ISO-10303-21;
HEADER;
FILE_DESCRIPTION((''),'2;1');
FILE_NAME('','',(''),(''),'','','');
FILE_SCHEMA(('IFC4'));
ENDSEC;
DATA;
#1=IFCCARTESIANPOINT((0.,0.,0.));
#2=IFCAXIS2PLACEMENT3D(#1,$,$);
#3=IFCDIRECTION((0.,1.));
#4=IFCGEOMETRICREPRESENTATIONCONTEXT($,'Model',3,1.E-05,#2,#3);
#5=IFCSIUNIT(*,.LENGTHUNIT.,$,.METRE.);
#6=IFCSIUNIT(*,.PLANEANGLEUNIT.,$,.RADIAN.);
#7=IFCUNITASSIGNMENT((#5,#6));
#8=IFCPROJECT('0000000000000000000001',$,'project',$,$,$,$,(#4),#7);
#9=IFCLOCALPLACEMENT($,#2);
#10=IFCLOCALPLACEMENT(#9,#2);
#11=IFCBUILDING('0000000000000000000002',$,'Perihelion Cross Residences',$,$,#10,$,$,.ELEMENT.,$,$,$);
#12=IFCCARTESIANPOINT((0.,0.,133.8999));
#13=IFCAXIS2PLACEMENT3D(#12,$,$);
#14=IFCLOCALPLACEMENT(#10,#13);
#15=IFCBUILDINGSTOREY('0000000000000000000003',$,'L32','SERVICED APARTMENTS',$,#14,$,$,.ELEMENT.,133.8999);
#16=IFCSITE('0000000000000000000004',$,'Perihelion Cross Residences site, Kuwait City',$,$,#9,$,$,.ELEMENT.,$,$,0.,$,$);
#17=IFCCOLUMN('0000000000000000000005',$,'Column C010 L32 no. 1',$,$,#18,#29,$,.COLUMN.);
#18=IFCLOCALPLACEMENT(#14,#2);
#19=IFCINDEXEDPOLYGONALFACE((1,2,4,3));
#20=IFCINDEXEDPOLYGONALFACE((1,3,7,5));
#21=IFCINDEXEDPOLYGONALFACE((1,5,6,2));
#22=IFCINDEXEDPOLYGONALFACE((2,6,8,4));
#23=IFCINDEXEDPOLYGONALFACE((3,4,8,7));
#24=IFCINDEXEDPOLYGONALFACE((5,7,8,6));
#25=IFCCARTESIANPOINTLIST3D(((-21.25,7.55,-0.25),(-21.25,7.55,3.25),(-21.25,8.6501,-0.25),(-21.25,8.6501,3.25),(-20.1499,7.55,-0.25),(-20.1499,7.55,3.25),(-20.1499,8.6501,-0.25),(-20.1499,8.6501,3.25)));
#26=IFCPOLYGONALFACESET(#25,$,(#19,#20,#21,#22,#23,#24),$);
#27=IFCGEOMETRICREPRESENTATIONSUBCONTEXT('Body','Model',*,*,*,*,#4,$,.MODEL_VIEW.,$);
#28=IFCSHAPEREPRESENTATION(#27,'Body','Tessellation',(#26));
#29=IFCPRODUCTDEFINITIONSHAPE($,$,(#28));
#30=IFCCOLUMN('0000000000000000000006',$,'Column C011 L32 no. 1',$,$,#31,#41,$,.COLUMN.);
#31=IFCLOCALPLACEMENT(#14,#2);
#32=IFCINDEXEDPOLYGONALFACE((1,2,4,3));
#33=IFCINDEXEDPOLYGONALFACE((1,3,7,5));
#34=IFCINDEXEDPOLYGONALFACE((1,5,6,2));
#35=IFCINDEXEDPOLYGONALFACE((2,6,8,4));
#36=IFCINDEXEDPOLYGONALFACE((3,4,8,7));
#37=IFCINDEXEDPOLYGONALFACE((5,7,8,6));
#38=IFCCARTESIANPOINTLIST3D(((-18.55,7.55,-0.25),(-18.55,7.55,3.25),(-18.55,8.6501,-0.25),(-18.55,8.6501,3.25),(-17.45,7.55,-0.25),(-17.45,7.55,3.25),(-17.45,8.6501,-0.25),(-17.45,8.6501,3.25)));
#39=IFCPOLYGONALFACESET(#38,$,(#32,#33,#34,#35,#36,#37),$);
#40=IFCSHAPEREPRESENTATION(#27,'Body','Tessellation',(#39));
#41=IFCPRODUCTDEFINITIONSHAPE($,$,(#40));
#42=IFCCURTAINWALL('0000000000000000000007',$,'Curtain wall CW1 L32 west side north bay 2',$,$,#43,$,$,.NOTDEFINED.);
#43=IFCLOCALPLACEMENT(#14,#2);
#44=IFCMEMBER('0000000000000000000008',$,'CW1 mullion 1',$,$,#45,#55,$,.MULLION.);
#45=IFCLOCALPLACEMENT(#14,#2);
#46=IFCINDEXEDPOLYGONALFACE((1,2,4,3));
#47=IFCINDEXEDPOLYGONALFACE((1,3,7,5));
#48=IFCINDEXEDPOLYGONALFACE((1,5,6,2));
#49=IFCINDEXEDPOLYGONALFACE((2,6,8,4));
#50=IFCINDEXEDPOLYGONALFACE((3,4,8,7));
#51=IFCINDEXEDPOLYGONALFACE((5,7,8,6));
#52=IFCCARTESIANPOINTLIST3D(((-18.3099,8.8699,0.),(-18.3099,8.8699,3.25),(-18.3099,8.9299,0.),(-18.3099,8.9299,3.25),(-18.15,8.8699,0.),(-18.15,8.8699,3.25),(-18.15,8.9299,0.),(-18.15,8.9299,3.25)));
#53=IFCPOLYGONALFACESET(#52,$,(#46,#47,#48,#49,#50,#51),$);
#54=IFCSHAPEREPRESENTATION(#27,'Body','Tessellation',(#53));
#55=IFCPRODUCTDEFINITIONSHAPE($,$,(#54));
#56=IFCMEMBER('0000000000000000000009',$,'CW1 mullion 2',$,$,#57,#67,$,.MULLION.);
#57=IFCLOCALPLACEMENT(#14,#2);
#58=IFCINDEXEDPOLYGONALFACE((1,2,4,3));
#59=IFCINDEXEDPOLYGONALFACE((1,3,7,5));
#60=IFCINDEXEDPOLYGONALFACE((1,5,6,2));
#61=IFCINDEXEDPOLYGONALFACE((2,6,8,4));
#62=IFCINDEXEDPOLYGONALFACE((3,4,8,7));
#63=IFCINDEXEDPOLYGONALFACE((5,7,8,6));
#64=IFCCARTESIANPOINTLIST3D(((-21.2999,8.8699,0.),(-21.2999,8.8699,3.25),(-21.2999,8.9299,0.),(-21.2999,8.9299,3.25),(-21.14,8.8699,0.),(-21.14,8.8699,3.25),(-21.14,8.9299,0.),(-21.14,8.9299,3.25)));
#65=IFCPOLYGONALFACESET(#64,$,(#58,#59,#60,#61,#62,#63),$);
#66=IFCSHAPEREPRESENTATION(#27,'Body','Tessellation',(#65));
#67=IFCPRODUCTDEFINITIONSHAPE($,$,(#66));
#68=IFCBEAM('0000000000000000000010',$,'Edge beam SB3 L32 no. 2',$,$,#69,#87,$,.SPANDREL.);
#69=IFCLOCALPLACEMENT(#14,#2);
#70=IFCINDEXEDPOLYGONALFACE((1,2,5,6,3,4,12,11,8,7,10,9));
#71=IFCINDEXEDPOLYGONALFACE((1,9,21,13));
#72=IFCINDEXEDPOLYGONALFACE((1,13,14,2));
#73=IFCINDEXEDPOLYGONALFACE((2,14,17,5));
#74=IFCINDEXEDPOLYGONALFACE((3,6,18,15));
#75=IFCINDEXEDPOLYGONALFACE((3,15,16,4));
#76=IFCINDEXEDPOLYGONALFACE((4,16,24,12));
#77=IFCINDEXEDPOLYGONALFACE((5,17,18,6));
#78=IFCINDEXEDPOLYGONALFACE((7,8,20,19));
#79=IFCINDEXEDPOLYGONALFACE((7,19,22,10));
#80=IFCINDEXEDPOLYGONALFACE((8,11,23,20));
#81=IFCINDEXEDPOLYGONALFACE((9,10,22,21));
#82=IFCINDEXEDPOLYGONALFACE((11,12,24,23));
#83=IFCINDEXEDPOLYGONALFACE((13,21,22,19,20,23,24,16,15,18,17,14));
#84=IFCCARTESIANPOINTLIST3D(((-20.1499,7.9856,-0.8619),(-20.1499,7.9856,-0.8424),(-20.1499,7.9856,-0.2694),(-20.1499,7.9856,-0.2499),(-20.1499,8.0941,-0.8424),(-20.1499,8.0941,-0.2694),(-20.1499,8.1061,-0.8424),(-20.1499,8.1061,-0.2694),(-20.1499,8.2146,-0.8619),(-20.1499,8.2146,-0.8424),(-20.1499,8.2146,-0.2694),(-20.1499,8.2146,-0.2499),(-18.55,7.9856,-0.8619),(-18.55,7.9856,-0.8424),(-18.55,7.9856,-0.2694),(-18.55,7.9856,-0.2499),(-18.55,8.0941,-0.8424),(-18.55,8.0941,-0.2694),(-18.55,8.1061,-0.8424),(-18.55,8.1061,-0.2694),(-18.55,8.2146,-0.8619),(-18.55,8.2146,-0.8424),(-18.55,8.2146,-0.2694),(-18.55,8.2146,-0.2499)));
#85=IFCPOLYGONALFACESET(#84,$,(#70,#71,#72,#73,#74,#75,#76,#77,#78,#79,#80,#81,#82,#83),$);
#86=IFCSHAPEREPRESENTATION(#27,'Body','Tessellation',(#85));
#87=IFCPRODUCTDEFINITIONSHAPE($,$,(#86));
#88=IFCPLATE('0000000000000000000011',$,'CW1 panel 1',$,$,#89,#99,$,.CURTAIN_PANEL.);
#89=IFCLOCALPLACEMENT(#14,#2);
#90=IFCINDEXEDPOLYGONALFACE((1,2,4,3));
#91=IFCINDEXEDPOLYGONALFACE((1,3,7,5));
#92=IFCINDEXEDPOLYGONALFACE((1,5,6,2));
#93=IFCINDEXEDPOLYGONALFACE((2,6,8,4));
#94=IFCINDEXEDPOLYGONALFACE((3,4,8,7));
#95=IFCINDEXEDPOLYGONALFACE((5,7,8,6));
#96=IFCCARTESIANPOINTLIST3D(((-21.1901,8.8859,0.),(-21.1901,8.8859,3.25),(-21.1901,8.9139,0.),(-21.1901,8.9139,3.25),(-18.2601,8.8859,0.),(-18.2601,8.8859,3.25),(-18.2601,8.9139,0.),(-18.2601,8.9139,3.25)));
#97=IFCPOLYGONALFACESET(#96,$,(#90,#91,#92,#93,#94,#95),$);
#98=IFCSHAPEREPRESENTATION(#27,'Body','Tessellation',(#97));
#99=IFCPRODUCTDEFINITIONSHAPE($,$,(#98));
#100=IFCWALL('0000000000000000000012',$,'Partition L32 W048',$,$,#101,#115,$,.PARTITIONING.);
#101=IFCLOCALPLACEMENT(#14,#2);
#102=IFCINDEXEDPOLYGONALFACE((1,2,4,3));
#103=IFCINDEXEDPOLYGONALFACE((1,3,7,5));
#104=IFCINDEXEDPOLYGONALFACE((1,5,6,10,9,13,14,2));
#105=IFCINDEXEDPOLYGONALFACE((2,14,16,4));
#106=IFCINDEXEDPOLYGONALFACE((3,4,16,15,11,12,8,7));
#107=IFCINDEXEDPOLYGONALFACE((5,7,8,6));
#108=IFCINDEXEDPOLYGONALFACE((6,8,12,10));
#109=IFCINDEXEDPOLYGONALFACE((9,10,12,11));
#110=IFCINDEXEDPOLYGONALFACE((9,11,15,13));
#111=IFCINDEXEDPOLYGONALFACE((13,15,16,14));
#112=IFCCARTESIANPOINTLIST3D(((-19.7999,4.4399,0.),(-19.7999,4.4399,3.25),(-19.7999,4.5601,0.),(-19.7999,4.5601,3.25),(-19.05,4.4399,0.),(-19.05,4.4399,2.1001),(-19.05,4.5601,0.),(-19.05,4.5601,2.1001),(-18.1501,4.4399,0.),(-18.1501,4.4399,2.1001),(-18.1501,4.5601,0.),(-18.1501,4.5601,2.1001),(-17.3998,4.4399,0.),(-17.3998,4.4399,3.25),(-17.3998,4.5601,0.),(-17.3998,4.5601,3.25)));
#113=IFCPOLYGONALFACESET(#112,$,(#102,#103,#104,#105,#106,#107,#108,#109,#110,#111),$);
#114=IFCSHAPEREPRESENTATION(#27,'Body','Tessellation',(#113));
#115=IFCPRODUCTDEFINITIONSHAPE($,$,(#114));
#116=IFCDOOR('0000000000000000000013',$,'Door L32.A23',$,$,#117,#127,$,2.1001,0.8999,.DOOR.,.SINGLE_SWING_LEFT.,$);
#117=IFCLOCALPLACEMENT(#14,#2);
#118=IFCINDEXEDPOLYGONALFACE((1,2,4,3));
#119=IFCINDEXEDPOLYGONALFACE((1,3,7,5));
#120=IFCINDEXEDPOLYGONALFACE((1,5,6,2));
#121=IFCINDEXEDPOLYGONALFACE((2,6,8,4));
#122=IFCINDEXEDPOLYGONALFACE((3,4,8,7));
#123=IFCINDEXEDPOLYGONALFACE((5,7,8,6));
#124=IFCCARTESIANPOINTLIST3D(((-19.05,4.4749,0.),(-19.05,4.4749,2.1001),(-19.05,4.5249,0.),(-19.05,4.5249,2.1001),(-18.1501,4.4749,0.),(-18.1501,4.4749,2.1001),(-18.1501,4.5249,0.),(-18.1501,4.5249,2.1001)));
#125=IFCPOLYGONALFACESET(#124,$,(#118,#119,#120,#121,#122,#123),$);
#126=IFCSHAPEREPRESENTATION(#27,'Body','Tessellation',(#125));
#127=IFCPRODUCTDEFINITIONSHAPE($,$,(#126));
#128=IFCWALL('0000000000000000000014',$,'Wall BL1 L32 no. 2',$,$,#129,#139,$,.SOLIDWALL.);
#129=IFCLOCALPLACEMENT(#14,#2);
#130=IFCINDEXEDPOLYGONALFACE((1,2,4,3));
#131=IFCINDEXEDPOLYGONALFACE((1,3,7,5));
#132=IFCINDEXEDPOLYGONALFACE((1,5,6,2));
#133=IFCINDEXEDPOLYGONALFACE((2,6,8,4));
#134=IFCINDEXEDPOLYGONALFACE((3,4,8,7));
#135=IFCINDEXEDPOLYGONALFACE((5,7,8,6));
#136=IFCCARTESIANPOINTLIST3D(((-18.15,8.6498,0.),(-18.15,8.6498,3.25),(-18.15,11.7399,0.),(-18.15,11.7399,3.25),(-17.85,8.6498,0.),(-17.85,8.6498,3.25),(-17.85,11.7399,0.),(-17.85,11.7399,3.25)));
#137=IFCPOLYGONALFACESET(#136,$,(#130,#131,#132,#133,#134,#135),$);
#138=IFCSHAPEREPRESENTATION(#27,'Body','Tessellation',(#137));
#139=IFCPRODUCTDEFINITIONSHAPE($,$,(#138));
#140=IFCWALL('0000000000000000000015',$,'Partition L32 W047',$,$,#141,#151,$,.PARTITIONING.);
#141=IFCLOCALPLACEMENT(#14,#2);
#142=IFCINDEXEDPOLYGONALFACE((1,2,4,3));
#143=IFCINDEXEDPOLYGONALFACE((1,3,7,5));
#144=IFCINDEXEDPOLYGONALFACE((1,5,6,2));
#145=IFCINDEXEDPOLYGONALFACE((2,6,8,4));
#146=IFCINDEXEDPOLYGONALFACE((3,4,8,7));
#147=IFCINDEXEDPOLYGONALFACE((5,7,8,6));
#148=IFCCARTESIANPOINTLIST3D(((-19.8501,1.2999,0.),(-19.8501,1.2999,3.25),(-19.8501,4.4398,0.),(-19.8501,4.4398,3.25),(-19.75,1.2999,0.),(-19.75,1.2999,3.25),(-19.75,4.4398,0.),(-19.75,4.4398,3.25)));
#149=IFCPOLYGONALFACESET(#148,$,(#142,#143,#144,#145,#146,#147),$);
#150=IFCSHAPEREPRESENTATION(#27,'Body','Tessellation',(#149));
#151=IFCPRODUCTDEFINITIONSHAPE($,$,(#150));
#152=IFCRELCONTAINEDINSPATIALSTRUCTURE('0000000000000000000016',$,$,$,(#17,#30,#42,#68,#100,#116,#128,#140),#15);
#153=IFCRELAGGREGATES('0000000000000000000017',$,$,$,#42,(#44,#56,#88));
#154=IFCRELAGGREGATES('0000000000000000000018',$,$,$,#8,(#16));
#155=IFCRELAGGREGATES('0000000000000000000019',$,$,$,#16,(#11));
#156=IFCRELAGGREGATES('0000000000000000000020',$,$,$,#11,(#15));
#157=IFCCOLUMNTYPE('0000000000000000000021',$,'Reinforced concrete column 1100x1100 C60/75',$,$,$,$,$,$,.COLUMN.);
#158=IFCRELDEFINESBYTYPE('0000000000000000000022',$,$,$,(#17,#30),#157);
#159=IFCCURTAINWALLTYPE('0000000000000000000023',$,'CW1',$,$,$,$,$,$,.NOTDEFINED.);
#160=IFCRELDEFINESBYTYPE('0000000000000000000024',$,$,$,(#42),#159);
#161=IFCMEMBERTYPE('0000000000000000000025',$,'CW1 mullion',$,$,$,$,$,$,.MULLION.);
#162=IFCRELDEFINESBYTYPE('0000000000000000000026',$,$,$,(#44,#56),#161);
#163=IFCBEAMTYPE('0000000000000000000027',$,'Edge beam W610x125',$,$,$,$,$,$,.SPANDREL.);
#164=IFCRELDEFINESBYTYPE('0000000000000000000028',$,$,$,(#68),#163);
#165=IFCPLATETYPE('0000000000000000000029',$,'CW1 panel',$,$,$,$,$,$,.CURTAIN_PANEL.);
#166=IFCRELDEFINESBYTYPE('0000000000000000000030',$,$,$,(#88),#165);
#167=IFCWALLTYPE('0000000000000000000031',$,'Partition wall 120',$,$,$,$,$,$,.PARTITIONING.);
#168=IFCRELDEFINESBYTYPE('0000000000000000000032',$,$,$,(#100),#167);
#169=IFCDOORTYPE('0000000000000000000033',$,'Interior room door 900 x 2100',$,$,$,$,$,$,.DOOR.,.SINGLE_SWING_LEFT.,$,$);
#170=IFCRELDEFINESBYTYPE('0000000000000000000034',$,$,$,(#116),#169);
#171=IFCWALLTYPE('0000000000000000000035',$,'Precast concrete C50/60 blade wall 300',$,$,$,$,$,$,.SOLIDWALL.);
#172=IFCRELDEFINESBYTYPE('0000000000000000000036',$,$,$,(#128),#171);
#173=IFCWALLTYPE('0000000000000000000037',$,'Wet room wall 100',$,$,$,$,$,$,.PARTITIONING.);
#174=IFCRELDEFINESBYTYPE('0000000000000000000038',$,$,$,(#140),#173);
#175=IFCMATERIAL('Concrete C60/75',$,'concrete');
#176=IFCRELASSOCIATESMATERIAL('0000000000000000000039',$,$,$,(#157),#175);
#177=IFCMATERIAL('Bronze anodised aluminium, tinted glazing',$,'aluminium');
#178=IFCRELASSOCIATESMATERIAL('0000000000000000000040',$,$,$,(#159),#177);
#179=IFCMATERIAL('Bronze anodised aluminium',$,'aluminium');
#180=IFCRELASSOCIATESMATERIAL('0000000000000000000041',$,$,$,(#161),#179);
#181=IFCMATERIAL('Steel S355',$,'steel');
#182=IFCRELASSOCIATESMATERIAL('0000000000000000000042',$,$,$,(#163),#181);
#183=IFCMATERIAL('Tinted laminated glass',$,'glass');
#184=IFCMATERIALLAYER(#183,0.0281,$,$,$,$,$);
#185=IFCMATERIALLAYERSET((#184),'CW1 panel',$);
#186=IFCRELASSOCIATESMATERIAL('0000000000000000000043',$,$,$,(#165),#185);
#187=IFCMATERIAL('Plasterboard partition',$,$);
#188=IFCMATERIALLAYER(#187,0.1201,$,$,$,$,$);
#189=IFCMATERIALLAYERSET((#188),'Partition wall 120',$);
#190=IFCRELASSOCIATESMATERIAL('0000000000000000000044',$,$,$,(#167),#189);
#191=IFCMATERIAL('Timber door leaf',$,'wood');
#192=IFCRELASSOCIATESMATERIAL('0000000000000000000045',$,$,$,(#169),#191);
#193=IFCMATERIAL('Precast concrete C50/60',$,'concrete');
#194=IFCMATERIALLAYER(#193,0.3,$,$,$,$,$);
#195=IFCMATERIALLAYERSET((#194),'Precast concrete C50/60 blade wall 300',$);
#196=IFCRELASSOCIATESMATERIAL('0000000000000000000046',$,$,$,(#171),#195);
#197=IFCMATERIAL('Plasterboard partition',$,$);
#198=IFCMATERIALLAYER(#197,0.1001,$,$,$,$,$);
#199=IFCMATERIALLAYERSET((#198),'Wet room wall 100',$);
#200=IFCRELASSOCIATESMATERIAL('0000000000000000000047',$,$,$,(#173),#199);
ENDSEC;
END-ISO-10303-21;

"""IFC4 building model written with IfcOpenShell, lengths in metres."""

from ifc_helpers import new_model, si_unit, direction, frame, frame_2d, origin, origin_2d, place, context, subcontext, project, spatial, rectangle, i_section, extrude, material, layer, layer_set, material_profile, profile_set, type_object, element, fill, aggregate, save


model = new_model("IFC4")

# Units and contexts
model_context = context("Model", 3, precision=1e-05, world=origin(), true_north=direction((0.0, 1.0)))
body_context = subcontext(model_context, "Body", "Model", "MODEL_VIEW")
ifc_project = project(units=[si_unit("LENGTHUNIT", "METRE"), si_unit("PLANEANGLEUNIT", "RADIAN")], contexts=[model_context])

# Site, building, storey
site_placement = place(None, origin())
site = spatial("IfcSite", under=ifc_project, at=site_placement, Name="Perihelion Cross Residences site, Kuwait City", CompositionType="ELEMENT", RefElevation=0.0)
building_placement = place(site_placement, origin())
building = spatial("IfcBuilding", under=site, at=building_placement, Name="Perihelion Cross Residences", CompositionType="ELEMENT")
storey_placement = place(building_placement, frame((0.0, 0.0, 133.8999)))
storey = spatial("IfcBuildingStorey", under=building, at=storey_placement, Name="L32", Description="SERVICED APARTMENTS", CompositionType="ELEMENT", Elevation=133.8999)

# Columns
ifc_material_1 = material(Name="Concrete C60/75", Category="concrete")
ifc_material_profile_1 = material_profile(ifc_material_1, rectangle(XDim=1.1001, YDim=1.1001, at=origin_2d()), Name="RC 1100x1100")
ifc_profile_set_1 = profile_set([ifc_material_profile_1], Name="Concrete C60/75")
column_type = type_object("IfcColumnType", Name="Reinforced concrete column 1100x1100 C60/75", PredefinedType="COLUMN", material=ifc_profile_set_1)
for number, where, z_axis, x_axis, name in (
    (1, (-20.7, 8.1001, -0.25), (0.0, 0.0, 1.0), (1.0, 0.0, 0.0), "Column C010 L32 no. 1"),
    (2, (-18.0, 8.1001, -0.25), (0.0, 0.0, 1.0), (1.0, 0.0, 0.0), "Column C011 L32 no. 1"),
):
    element("IfcColumn", number, at=place(storey_placement, frame(where, z_axis=z_axis, x_axis=x_axis)), inside=storey, type_object=column_type, Name=name, PredefinedType="COLUMN", context=body_context, shape_type="SweptSolid", body=[
        extrude(rectangle(XDim=1.1001, YDim=1.1001, at=origin_2d()), origin(), (0.0, 0.0, 1.0), 3.5),
    ])

# Curtain wall, members
ifc_material_2 = material(Name="Bronze anodised aluminium, tinted glazing", Category="aluminium")
curtain_wall_type = type_object("IfcCurtainWallType", Name="CW1", PredefinedType="NOTDEFINED", material=ifc_material_2)
curtain_wall_placement = place(storey_placement, origin())
curtain_wall = element("IfcCurtainWall", 3, at=curtain_wall_placement, inside=storey, type_object=curtain_wall_type, Name="Curtain wall CW1 L32 west side north bay 2", PredefinedType="NOTDEFINED")
ifc_material_3 = material(Name="Bronze anodised aluminium", Category="aluminium")
ifc_material_profile_2 = material_profile(ifc_material_3, rectangle(XDim=0.0601, YDim=0.1599, at=origin_2d()), Name="CW1 mullion")
ifc_profile_set_2 = profile_set([ifc_material_profile_2], Name="Bronze anodised aluminium")
member_type = type_object("IfcMemberType", Name="CW1 mullion", PredefinedType="MULLION", material=ifc_profile_set_2)
member_1_placement = place(storey_placement, frame((-18.23, 8.8999, 0.0), z_axis=(0.0, 0.0, 1.0), x_axis=(0.0, -1.0, 0.0)))
member_1 = element("IfcMember", 4, at=member_1_placement, type_object=member_type, Name="CW1 mullion 1", PredefinedType="MULLION", context=body_context, shape_type="SweptSolid", body=[
    extrude(rectangle(XDim=0.0601, YDim=0.1599, at=origin_2d()), origin(), (0.0, 0.0, 1.0), 3.25),
])
member_2_placement = place(storey_placement, frame((-21.22, 8.8999, 0.0), z_axis=(0.0, 0.0, 1.0), x_axis=(0.0, -1.0, 0.0)))
member_2 = element("IfcMember", 5, at=member_2_placement, type_object=member_type, Name="CW1 mullion 2", PredefinedType="MULLION", context=body_context, shape_type="SweptSolid", body=[
    extrude(rectangle(XDim=0.0601, YDim=0.1599, at=origin_2d()), origin(), (0.0, 0.0, 1.0), 3.25),
])

# Beam
ifc_material_4 = material(Name="Steel S355", Category="steel")
ifc_material_profile_3 = material_profile(ifc_material_4, i_section(OverallWidth=0.229, OverallDepth=0.6121, WebThickness=0.012, FlangeThickness=0.0195, at=origin_2d()), Name="W610x125")
ifc_profile_set_3 = profile_set([ifc_material_profile_3], Name="Steel S355")
beam_type = type_object("IfcBeamType", Name="Edge beam W610x125", PredefinedType="SPANDREL", material=ifc_profile_set_3)
beam_placement = place(storey_placement, frame((-18.55, 8.1001, -0.5559), z_axis=(-1.0, 0.0, 0.0), x_axis=(0.0, -1.0, 0.0)))
element("IfcBeam", 6, at=beam_placement, inside=storey, type_object=beam_type, Name="Edge beam SB3 L32 no. 2", PredefinedType="SPANDREL", context=body_context, shape_type="SweptSolid", body=[
    extrude(i_section(OverallWidth=0.229, OverallDepth=0.6121, WebThickness=0.012, FlangeThickness=0.0195, at=origin_2d()), origin(), (0.0, 0.0, 1.0), 1.5999),
])

# Plate
ifc_material_5 = material(Name="Tinted laminated glass", Category="glass")
ifc_layer_1 = layer(ifc_material_5, 0.0281)
ifc_layer_set_1 = layer_set([ifc_layer_1], Name="CW1 panel")
plate_type = type_object("IfcPlateType", Name="CW1 panel", PredefinedType="CURTAIN_PANEL", material=ifc_layer_set_1)
plate_placement = place(storey_placement, frame((-19.7251, 8.8999, 0.0), z_axis=(0.0, 0.0, 1.0), x_axis=(-1.0, 0.0, 0.0)))
plate = element("IfcPlate", 7, at=plate_placement, type_object=plate_type, Name="CW1 panel 1", PredefinedType="CURTAIN_PANEL", context=body_context, shape_type="SweptSolid", body=[
    extrude(rectangle(XDim=2.9299, YDim=0.0281, at=origin_2d()), origin(), (0.0, 0.0, 1.0), 3.25),
])
aggregate(curtain_wall, [member_1, member_2, plate])

# Wall, opening, door
ifc_material_6 = material(Name="Plasterboard partition")
ifc_layer_2 = layer(ifc_material_6, 0.1201)
ifc_layer_set_2 = layer_set([ifc_layer_2], Name="Partition wall 120")
wall_type_1 = type_object("IfcWallType", Name="Partition wall 120", PredefinedType="PARTITIONING", material=ifc_layer_set_2)
wall_1_placement = place(storey_placement, frame((-19.8, 4.5, 0.0), z_axis=(0.0, 0.0, 1.0), x_axis=(1.0, 0.0, 0.0)))
wall_1 = element("IfcWall", 8, at=wall_1_placement, inside=storey, type_object=wall_type_1, Name="Partition L32 W048", PredefinedType="PARTITIONING", context=body_context, shape_type="SweptSolid", body=[
    extrude(rectangle(XDim=2.4001, YDim=0.1201, at=frame_2d((1.2002, 0.0))), origin(), (0.0, 0.0, 1.0), 3.25),
])
opening_1_placement = place(wall_1_placement, frame((0.75, 0.0, 0.0)))
opening_1 = element("IfcOpeningElement", 9, at=opening_1_placement, cuts=wall_1, PredefinedType="OPENING", context=body_context, shape_type="SweptSolid", body=[
    extrude(rectangle(XDim=0.8999, YDim=2.1001, at=frame_2d((0.45, 1.05))), frame((0.0, 0.0701, 0.0), z_axis=(0.0, -1.0, 0.0), x_axis=(1.0, 0.0, 0.0)), (0.0, 0.0, 1.0), 0.1401),
])
ifc_material_7 = material(Name="Timber door leaf", Category="wood")
door_type_1 = type_object("IfcDoorType", Name="Interior room door 900 x 2100", OperationType="SINGLE_SWING_LEFT", PredefinedType="DOOR", material=ifc_material_7)
door_1_placement = place(opening_1_placement, origin())
door_1 = element("IfcDoor", 10, at=door_1_placement, inside=storey, type_object=door_type_1, Name="Door L32.A23", OperationType="SINGLE_SWING_LEFT", OverallHeight=2.1001, OverallWidth=0.8999, PredefinedType="DOOR", context=body_context, shape_type="SweptSolid", body=[
    extrude(rectangle(XDim=0.8999, YDim=2.1001, at=frame_2d((0.45, 1.05))), frame((0.0, 0.0249, 0.0), z_axis=(0.0, -1.0, 0.0), x_axis=(1.0, 0.0, 0.0)), (0.0, 0.0, 1.0), 0.05),
])
fill(opening_1, door_1)

# Walls
ifc_material_8 = material(Name="Precast concrete C50/60", Category="concrete")
ifc_layer_3 = layer(ifc_material_8, 0.3)
ifc_layer_set_3 = layer_set([ifc_layer_3], Name="Precast concrete C50/60 blade wall 300")
wall_type_2 = type_object("IfcWallType", Name="Precast concrete C50/60 blade wall 300", PredefinedType="SOLIDWALL", material=ifc_layer_set_3)
wall_2_placement = place(storey_placement, frame((-18.0, 8.6499, 0.0), z_axis=(0.0, 0.0, 1.0), x_axis=(0.0, 1.0, 0.0)))
element("IfcWall", 11, at=wall_2_placement, inside=storey, type_object=wall_type_2, Name="Wall BL1 L32 no. 2", PredefinedType="SOLIDWALL", context=body_context, shape_type="SweptSolid", body=[
    extrude(rectangle(XDim=3.0901, YDim=0.3, at=frame_2d((1.5449, 0.0))), origin(), (0.0, 0.0, 1.0), 3.25),
])
ifc_material_9 = material(Name="Plasterboard partition")
ifc_layer_4 = layer(ifc_material_9, 0.1001)
ifc_layer_set_4 = layer_set([ifc_layer_4], Name="Wet room wall 100")
wall_type_3 = type_object("IfcWallType", Name="Wet room wall 100", PredefinedType="PARTITIONING", material=ifc_layer_set_4)
wall_3_placement = place(storey_placement, frame((-19.8, 1.3, 0.0), z_axis=(0.0, 0.0, 1.0), x_axis=(0.0, 1.0, 0.0)))
element("IfcWall", 12, at=wall_3_placement, inside=storey, type_object=wall_type_3, Name="Partition L32 W047", PredefinedType="PARTITIONING", context=body_context, shape_type="SweptSolid", body=[
    extrude(rectangle(XDim=3.1399, YDim=0.1001, at=frame_2d((1.5698, 0.0))), origin(), (0.0, 0.0, 1.0), 3.25),
])

save(model, "model.ifc")
